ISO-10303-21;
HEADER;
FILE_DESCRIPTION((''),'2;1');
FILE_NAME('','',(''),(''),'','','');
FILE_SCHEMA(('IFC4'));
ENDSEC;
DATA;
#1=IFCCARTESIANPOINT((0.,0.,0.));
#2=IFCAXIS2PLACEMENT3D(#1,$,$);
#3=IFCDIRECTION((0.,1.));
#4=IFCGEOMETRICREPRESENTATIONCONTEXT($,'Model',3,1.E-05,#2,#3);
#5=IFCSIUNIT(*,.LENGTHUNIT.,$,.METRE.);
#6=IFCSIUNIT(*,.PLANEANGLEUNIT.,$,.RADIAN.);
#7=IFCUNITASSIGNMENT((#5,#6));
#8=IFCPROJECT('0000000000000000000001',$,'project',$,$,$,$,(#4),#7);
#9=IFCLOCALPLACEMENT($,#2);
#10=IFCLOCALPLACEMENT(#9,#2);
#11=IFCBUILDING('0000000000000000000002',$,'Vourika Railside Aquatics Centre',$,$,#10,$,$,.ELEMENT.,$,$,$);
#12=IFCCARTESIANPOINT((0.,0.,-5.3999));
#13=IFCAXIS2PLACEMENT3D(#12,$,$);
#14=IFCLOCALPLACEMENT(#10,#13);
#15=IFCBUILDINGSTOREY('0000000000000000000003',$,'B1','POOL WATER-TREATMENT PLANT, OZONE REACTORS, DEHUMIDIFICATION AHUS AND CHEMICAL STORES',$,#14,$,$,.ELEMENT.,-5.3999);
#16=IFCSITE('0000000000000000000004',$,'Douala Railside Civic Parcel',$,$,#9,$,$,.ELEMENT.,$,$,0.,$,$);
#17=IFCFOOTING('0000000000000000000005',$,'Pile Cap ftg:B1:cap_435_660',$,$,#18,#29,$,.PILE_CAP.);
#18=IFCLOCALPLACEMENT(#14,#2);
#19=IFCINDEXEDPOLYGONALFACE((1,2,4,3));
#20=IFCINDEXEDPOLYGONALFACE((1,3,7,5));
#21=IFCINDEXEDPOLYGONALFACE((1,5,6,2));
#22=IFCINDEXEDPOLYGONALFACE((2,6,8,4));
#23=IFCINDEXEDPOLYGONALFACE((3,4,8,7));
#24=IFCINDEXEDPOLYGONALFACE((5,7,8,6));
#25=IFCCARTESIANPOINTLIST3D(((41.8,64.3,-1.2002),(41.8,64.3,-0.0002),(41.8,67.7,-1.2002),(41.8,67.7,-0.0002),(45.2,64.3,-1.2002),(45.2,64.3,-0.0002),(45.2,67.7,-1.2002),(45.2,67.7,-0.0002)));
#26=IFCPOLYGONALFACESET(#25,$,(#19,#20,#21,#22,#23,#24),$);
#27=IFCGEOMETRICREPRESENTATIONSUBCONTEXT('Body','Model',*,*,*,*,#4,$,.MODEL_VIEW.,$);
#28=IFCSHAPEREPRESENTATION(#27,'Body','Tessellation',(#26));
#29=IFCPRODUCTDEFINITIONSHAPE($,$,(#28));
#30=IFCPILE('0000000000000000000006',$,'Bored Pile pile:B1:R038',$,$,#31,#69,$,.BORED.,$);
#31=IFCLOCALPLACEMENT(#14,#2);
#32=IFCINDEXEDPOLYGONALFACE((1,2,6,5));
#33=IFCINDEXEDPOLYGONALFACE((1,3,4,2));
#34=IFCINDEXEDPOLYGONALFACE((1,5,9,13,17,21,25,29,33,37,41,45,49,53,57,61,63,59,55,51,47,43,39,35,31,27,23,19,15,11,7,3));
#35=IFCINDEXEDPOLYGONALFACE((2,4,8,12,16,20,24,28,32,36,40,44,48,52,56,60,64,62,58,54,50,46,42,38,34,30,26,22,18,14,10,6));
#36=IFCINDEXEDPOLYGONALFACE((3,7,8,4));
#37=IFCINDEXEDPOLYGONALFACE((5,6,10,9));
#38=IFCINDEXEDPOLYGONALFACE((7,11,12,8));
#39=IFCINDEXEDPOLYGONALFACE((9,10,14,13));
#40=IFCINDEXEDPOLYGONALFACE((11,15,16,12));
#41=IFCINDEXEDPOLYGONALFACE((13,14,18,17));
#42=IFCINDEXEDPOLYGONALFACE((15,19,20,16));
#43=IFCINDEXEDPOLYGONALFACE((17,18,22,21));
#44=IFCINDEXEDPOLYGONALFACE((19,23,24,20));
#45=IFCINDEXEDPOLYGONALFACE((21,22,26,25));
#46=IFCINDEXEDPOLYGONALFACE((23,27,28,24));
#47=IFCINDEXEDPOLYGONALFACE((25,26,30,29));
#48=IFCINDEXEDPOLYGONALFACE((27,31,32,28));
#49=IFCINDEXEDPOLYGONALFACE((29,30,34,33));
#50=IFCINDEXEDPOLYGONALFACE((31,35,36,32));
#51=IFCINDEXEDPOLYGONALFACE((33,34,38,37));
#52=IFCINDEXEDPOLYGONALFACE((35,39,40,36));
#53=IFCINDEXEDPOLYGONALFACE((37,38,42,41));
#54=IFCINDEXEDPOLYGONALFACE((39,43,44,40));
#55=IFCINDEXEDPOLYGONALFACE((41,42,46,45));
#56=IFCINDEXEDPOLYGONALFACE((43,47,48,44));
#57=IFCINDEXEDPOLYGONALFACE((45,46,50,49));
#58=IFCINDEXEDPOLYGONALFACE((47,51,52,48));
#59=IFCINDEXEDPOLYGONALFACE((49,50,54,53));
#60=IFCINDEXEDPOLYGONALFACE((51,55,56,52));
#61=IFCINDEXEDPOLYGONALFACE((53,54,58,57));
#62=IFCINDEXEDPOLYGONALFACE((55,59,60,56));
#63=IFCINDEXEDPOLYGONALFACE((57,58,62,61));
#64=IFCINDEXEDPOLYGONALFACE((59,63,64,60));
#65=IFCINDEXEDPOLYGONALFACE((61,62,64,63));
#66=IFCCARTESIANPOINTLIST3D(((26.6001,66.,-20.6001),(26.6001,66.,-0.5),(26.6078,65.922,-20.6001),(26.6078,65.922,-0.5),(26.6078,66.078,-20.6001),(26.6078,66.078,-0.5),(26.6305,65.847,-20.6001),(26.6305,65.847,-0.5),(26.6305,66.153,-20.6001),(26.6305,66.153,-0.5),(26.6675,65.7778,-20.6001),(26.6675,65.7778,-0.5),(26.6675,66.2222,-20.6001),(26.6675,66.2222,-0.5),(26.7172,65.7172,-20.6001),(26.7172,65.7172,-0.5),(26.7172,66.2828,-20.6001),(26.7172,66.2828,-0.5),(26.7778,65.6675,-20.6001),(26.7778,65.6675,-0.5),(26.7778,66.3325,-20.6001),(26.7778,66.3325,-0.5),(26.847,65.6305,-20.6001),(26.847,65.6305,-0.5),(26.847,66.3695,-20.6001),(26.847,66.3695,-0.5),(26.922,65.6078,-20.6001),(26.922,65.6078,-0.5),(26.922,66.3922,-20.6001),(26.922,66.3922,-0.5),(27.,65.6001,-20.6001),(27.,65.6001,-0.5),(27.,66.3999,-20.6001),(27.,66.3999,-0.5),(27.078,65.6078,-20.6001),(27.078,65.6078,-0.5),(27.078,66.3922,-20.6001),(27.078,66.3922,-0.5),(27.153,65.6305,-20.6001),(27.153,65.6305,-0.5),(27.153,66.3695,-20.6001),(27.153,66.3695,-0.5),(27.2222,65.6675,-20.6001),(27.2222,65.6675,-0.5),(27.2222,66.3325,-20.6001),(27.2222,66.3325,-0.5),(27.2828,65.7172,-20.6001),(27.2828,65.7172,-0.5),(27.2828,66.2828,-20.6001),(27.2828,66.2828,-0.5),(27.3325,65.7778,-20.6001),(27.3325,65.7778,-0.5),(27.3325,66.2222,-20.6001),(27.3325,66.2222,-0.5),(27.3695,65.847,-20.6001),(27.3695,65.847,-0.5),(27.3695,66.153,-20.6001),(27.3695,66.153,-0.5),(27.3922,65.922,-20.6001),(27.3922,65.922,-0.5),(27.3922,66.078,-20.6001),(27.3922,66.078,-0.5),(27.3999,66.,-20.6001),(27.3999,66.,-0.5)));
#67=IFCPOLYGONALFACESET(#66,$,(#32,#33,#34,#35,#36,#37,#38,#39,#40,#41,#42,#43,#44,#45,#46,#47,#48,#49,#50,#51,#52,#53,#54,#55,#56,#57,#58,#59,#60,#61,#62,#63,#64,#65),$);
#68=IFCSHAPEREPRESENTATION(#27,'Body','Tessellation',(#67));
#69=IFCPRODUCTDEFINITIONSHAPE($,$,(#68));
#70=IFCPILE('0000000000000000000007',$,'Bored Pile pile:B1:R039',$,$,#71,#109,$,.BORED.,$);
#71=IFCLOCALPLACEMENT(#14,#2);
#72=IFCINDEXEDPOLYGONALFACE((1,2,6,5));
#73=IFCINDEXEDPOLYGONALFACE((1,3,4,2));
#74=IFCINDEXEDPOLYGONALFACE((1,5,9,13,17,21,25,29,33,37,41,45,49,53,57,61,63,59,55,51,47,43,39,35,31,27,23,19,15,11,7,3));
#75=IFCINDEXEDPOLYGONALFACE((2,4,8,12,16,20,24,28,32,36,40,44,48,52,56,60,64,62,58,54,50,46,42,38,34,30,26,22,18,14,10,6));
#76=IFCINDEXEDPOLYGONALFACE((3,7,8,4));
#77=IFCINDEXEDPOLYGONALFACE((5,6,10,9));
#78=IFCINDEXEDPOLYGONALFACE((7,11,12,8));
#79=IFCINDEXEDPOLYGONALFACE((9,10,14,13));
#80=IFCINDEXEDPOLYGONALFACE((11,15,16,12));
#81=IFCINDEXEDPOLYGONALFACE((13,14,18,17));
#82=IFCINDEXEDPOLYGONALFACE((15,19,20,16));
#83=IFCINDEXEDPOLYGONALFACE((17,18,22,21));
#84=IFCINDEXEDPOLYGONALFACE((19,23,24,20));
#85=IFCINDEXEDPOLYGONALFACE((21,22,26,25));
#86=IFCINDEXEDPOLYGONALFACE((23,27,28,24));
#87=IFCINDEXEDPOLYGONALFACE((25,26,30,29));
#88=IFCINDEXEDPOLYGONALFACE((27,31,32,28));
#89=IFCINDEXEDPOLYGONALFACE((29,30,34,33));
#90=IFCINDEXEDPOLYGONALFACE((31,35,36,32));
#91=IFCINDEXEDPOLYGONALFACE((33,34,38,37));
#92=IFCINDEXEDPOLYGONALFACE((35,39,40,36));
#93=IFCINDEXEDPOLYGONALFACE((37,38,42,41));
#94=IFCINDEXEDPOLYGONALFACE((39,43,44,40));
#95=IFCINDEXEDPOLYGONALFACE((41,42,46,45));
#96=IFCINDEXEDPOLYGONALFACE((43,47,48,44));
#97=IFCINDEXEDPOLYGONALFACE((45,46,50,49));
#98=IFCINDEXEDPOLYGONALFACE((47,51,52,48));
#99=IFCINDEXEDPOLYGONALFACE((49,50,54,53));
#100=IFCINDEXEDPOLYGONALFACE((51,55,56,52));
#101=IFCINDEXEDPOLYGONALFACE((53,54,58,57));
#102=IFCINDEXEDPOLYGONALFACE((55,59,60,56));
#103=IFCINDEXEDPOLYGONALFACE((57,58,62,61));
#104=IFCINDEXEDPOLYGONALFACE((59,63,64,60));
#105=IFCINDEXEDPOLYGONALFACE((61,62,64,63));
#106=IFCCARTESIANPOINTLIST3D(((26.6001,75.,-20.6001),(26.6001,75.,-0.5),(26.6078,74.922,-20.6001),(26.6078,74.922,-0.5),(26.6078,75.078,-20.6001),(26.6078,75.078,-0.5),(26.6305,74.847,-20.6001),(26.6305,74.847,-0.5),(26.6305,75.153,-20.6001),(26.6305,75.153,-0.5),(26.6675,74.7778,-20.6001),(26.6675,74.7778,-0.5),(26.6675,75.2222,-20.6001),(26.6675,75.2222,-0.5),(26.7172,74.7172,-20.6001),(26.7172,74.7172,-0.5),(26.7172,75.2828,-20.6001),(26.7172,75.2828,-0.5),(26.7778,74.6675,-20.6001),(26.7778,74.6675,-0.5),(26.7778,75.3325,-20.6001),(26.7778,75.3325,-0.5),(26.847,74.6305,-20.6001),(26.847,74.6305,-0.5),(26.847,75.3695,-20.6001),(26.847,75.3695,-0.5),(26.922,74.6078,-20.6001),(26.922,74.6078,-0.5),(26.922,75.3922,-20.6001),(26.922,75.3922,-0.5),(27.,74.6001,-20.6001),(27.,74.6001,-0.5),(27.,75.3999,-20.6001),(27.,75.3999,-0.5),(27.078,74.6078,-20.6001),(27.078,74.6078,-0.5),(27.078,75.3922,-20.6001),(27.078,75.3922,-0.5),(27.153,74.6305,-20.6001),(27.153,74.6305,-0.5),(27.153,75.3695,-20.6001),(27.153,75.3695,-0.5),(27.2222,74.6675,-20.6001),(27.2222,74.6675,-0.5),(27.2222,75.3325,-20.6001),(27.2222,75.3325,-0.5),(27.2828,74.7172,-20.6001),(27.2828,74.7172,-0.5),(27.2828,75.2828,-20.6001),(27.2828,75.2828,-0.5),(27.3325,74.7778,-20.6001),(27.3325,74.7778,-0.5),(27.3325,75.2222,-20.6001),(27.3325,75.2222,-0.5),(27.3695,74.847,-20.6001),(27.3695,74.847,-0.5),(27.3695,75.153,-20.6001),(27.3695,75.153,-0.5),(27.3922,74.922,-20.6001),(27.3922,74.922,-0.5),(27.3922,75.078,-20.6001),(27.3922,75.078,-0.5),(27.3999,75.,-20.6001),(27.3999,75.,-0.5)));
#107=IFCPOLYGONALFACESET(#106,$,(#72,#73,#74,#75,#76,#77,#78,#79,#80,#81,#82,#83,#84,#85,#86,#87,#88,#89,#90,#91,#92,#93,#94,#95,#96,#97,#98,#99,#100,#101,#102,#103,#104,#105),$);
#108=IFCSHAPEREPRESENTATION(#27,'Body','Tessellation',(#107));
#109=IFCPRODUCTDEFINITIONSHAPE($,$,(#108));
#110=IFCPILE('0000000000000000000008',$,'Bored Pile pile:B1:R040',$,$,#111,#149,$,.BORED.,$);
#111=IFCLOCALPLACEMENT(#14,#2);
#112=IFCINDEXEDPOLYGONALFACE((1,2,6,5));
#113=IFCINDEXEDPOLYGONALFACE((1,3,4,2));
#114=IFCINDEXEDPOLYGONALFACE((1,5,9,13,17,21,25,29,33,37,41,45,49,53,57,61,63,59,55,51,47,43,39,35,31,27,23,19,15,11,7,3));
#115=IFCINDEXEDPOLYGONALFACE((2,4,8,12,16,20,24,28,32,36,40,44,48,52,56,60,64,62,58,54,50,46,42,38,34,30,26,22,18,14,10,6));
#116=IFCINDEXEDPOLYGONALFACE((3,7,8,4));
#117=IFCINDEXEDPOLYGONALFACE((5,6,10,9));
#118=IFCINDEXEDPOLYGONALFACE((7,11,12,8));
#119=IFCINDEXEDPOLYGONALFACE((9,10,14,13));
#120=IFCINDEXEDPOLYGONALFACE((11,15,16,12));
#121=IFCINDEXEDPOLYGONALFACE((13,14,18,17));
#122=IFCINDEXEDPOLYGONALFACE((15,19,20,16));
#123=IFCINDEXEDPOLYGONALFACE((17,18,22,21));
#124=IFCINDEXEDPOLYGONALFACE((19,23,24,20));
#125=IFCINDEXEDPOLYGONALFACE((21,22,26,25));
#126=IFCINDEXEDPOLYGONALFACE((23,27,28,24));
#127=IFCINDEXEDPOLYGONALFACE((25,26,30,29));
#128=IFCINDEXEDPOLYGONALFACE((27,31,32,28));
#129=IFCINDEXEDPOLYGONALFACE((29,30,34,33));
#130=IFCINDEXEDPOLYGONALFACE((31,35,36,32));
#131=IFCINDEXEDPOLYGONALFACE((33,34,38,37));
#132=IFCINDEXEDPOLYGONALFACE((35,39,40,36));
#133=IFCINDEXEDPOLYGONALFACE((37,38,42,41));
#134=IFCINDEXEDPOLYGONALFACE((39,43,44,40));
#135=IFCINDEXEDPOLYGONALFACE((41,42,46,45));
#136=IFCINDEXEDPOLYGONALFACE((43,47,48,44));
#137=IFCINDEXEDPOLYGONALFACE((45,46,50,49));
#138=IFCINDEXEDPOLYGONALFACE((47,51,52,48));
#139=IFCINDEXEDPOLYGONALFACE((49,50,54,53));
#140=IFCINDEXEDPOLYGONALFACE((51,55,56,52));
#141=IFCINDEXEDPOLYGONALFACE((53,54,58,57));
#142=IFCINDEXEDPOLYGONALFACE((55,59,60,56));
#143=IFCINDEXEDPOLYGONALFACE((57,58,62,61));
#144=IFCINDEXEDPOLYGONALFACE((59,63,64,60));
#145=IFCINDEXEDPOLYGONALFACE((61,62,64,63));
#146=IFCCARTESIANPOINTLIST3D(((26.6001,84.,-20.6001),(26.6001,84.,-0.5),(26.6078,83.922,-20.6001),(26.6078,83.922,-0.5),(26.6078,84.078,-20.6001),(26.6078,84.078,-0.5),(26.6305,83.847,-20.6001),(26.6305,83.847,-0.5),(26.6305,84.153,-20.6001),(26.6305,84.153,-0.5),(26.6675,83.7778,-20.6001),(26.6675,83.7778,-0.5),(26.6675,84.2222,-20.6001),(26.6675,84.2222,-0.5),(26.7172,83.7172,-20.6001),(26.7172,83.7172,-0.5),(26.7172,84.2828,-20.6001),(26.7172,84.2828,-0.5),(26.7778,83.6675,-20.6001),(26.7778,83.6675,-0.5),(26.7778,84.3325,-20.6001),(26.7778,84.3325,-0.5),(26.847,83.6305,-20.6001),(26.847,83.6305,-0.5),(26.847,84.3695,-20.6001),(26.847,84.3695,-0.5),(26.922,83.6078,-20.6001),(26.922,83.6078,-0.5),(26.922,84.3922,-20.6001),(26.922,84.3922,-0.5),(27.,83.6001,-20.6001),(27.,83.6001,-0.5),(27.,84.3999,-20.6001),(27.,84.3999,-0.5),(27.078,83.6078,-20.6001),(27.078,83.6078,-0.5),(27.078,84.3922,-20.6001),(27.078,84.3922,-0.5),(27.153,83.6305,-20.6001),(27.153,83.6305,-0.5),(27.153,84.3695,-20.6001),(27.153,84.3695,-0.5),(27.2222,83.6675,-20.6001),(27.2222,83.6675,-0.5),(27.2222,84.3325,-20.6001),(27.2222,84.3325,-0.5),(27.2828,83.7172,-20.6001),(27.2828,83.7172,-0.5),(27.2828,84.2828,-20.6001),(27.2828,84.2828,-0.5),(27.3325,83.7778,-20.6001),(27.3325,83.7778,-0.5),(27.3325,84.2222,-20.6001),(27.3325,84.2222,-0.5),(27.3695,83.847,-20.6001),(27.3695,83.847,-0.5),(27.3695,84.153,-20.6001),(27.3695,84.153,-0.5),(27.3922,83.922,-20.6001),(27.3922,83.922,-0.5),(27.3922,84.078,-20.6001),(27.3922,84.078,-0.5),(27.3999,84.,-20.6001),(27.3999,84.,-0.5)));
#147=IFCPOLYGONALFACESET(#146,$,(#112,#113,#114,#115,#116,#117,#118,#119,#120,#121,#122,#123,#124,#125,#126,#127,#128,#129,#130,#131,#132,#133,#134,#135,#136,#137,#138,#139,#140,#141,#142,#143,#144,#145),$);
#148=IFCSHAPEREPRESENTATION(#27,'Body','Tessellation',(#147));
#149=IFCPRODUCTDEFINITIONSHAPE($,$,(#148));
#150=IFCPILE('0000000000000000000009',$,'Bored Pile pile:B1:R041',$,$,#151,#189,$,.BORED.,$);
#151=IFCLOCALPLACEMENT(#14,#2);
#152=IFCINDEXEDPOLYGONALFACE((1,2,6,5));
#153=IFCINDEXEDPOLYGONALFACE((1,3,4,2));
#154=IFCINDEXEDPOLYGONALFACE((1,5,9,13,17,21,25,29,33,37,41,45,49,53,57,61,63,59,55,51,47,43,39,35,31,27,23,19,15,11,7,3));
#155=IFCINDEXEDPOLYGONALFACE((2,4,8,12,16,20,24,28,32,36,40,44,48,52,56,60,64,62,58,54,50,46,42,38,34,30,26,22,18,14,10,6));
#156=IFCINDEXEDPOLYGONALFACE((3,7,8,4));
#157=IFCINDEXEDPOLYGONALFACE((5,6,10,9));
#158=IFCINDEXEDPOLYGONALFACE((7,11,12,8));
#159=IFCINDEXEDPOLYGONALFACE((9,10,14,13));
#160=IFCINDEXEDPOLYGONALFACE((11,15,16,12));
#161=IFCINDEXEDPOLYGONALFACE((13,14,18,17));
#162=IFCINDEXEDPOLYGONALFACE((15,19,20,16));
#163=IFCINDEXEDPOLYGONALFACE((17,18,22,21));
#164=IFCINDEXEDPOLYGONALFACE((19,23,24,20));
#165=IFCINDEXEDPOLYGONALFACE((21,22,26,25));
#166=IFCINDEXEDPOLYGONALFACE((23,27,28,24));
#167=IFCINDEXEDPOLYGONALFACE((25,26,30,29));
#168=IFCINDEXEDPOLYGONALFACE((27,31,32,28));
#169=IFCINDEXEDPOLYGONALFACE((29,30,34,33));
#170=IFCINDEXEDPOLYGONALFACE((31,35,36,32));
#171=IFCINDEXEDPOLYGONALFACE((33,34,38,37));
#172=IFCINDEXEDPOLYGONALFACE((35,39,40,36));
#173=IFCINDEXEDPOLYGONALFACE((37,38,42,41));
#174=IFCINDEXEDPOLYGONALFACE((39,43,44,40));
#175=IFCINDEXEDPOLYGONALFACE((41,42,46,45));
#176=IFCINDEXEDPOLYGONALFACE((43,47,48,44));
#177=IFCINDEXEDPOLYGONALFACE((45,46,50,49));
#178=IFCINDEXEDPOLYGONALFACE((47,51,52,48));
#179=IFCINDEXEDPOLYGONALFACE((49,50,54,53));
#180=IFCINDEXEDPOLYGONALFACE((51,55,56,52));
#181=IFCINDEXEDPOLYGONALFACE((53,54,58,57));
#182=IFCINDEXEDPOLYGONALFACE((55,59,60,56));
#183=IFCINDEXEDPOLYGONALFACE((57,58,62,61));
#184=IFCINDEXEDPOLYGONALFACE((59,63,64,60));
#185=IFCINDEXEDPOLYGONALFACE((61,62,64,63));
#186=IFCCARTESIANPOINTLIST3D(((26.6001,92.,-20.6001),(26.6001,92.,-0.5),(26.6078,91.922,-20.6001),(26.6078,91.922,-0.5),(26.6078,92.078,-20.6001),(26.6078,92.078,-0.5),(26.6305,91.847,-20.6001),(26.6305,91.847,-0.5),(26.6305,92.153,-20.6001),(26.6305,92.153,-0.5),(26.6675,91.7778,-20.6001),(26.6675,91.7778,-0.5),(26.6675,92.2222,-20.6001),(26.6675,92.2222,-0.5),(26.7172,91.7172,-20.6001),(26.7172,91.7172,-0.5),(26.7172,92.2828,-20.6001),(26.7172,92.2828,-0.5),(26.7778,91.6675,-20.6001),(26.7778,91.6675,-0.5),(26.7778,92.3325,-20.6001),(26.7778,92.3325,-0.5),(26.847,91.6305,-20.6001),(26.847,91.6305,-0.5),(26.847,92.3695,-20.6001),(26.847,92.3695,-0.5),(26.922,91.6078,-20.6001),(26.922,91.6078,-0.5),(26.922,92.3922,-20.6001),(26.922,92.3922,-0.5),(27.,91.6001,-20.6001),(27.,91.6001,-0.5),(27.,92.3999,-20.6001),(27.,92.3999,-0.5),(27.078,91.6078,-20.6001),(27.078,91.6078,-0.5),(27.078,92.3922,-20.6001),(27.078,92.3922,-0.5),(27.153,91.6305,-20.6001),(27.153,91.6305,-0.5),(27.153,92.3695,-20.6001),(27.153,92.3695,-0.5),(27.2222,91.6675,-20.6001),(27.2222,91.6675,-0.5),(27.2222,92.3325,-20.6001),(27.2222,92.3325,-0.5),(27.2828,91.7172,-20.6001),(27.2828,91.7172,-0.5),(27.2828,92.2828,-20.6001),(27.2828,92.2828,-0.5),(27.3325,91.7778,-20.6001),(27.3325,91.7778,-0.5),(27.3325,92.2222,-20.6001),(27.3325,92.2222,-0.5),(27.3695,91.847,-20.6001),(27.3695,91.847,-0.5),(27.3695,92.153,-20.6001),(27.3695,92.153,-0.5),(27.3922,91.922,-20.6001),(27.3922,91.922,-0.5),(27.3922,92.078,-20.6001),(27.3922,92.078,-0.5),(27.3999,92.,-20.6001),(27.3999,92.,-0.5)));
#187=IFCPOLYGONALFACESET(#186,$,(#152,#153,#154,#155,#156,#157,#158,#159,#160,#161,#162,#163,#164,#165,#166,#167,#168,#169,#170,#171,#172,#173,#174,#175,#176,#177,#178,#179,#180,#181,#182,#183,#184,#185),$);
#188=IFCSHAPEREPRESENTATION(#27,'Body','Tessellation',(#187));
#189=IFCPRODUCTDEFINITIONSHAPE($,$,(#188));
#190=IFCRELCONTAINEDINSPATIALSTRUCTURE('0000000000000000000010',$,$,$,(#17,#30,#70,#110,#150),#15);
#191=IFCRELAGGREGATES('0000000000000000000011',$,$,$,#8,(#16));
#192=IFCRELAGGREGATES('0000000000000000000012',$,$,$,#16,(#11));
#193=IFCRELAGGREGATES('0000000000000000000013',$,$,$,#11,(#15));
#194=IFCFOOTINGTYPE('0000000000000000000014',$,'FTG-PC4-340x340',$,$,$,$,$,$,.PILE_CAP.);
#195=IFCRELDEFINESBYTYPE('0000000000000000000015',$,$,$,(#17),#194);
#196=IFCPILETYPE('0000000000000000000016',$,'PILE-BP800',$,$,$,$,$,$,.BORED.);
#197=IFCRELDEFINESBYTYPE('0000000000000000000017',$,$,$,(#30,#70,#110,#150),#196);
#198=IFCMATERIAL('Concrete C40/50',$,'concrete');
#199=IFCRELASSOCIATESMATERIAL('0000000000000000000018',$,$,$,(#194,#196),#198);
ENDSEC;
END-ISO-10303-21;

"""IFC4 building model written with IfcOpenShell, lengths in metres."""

from ifc_helpers import new_model, si_unit, direction, frame, origin, origin_2d, place, context, subcontext, project, spatial, rectangle, circle, extrude, material, material_profile, profile_set, type_object, element, save


model = new_model("IFC4")

# Units and contexts
model_context = context("Model", 3, precision=1e-05, world=origin(), true_north=direction((0.0, 1.0)))
body_context = subcontext(model_context, "Body", "Model", "MODEL_VIEW")
ifc_project = project(units=[si_unit("LENGTHUNIT", "METRE"), si_unit("PLANEANGLEUNIT", "RADIAN")], contexts=[model_context])

# Site, building, storey
site_placement = place(None, origin())
site = spatial("IfcSite", under=ifc_project, at=site_placement, Name="Douala Railside Civic Parcel", CompositionType="ELEMENT", RefElevation=0.0)
building_placement = place(site_placement, origin())
building = spatial("IfcBuilding", under=site, at=building_placement, Name="Vourika Railside Aquatics Centre", CompositionType="ELEMENT")
storey_placement = place(building_placement, frame((0.0, 0.0, -5.3999)))
storey = spatial("IfcBuildingStorey", under=building, at=storey_placement, Name="B1", Description="POOL WATER-TREATMENT PLANT, OZONE REACTORS, DEHUMIDIFICATION AHUS AND CHEMICAL STORES", CompositionType="ELEMENT", Elevation=-5.3999)

# Footing
ifc_material_1 = material(Name="Concrete C40/50", Category="concrete")
footing_type = type_object("IfcFootingType", Name="FTG-PC4-340x340", PredefinedType="PILE_CAP", material=ifc_material_1)
footing_placement = place(storey_placement, frame((43.5, 66.0, -1.2002), z_axis=(0.0, 0.0, 1.0), x_axis=(1.0, 0.0, 0.0)))
element("IfcFooting", 1, at=footing_placement, inside=storey, type_object=footing_type, Name="Pile Cap ftg:B1:cap_435_660", PredefinedType="PILE_CAP", context=body_context, shape_type="SweptSolid", body=[
    extrude(rectangle(XDim=3.3999, YDim=3.3999, at=origin_2d()), origin(), (0.0, 0.0, 1.0), 1.2),
])

# Piles
ifc_material_profile_1 = material_profile(ifc_material_1, circle(Radius=0.3999, at=origin_2d()), Name="BP 800")
ifc_profile_set_1 = profile_set([ifc_material_profile_1], Name="Concrete C40/50")
pile_type_1 = type_object("IfcPileType", Name="PILE-BP800", PredefinedType="BORED", material=ifc_profile_set_1)
for number, where, z_axis, x_axis, name in (
    (2, (27.0, 66.0, -0.5), (0.0, 0.0, -1.0), (1.0, 0.0, 0.0), "Bored Pile pile:B1:R038"),
    (3, (27.0, 75.0, -0.5), (0.0, 0.0, -1.0), (1.0, 0.0, 0.0), "Bored Pile pile:B1:R039"),
    (4, (27.0, 84.0, -0.5), (0.0, 0.0, -1.0), (1.0, 0.0, 0.0), "Bored Pile pile:B1:R040"),
    (5, (27.0, 92.0, -0.5), (0.0, 0.0, -1.0), (1.0, 0.0, 0.0), "Bored Pile pile:B1:R041"),
):
    element("IfcPile", number, at=place(storey_placement, frame(where, z_axis=z_axis, x_axis=x_axis)), inside=storey, type_object=pile_type_1, Name=name, PredefinedType="BORED", context=body_context, shape_type="SweptSolid", body=[
        extrude(circle(Radius=0.3999, at=origin_2d()), origin(), (0.0, 0.0, 1.0), 20.1001),
    ])

save(model, "model.ifc")
